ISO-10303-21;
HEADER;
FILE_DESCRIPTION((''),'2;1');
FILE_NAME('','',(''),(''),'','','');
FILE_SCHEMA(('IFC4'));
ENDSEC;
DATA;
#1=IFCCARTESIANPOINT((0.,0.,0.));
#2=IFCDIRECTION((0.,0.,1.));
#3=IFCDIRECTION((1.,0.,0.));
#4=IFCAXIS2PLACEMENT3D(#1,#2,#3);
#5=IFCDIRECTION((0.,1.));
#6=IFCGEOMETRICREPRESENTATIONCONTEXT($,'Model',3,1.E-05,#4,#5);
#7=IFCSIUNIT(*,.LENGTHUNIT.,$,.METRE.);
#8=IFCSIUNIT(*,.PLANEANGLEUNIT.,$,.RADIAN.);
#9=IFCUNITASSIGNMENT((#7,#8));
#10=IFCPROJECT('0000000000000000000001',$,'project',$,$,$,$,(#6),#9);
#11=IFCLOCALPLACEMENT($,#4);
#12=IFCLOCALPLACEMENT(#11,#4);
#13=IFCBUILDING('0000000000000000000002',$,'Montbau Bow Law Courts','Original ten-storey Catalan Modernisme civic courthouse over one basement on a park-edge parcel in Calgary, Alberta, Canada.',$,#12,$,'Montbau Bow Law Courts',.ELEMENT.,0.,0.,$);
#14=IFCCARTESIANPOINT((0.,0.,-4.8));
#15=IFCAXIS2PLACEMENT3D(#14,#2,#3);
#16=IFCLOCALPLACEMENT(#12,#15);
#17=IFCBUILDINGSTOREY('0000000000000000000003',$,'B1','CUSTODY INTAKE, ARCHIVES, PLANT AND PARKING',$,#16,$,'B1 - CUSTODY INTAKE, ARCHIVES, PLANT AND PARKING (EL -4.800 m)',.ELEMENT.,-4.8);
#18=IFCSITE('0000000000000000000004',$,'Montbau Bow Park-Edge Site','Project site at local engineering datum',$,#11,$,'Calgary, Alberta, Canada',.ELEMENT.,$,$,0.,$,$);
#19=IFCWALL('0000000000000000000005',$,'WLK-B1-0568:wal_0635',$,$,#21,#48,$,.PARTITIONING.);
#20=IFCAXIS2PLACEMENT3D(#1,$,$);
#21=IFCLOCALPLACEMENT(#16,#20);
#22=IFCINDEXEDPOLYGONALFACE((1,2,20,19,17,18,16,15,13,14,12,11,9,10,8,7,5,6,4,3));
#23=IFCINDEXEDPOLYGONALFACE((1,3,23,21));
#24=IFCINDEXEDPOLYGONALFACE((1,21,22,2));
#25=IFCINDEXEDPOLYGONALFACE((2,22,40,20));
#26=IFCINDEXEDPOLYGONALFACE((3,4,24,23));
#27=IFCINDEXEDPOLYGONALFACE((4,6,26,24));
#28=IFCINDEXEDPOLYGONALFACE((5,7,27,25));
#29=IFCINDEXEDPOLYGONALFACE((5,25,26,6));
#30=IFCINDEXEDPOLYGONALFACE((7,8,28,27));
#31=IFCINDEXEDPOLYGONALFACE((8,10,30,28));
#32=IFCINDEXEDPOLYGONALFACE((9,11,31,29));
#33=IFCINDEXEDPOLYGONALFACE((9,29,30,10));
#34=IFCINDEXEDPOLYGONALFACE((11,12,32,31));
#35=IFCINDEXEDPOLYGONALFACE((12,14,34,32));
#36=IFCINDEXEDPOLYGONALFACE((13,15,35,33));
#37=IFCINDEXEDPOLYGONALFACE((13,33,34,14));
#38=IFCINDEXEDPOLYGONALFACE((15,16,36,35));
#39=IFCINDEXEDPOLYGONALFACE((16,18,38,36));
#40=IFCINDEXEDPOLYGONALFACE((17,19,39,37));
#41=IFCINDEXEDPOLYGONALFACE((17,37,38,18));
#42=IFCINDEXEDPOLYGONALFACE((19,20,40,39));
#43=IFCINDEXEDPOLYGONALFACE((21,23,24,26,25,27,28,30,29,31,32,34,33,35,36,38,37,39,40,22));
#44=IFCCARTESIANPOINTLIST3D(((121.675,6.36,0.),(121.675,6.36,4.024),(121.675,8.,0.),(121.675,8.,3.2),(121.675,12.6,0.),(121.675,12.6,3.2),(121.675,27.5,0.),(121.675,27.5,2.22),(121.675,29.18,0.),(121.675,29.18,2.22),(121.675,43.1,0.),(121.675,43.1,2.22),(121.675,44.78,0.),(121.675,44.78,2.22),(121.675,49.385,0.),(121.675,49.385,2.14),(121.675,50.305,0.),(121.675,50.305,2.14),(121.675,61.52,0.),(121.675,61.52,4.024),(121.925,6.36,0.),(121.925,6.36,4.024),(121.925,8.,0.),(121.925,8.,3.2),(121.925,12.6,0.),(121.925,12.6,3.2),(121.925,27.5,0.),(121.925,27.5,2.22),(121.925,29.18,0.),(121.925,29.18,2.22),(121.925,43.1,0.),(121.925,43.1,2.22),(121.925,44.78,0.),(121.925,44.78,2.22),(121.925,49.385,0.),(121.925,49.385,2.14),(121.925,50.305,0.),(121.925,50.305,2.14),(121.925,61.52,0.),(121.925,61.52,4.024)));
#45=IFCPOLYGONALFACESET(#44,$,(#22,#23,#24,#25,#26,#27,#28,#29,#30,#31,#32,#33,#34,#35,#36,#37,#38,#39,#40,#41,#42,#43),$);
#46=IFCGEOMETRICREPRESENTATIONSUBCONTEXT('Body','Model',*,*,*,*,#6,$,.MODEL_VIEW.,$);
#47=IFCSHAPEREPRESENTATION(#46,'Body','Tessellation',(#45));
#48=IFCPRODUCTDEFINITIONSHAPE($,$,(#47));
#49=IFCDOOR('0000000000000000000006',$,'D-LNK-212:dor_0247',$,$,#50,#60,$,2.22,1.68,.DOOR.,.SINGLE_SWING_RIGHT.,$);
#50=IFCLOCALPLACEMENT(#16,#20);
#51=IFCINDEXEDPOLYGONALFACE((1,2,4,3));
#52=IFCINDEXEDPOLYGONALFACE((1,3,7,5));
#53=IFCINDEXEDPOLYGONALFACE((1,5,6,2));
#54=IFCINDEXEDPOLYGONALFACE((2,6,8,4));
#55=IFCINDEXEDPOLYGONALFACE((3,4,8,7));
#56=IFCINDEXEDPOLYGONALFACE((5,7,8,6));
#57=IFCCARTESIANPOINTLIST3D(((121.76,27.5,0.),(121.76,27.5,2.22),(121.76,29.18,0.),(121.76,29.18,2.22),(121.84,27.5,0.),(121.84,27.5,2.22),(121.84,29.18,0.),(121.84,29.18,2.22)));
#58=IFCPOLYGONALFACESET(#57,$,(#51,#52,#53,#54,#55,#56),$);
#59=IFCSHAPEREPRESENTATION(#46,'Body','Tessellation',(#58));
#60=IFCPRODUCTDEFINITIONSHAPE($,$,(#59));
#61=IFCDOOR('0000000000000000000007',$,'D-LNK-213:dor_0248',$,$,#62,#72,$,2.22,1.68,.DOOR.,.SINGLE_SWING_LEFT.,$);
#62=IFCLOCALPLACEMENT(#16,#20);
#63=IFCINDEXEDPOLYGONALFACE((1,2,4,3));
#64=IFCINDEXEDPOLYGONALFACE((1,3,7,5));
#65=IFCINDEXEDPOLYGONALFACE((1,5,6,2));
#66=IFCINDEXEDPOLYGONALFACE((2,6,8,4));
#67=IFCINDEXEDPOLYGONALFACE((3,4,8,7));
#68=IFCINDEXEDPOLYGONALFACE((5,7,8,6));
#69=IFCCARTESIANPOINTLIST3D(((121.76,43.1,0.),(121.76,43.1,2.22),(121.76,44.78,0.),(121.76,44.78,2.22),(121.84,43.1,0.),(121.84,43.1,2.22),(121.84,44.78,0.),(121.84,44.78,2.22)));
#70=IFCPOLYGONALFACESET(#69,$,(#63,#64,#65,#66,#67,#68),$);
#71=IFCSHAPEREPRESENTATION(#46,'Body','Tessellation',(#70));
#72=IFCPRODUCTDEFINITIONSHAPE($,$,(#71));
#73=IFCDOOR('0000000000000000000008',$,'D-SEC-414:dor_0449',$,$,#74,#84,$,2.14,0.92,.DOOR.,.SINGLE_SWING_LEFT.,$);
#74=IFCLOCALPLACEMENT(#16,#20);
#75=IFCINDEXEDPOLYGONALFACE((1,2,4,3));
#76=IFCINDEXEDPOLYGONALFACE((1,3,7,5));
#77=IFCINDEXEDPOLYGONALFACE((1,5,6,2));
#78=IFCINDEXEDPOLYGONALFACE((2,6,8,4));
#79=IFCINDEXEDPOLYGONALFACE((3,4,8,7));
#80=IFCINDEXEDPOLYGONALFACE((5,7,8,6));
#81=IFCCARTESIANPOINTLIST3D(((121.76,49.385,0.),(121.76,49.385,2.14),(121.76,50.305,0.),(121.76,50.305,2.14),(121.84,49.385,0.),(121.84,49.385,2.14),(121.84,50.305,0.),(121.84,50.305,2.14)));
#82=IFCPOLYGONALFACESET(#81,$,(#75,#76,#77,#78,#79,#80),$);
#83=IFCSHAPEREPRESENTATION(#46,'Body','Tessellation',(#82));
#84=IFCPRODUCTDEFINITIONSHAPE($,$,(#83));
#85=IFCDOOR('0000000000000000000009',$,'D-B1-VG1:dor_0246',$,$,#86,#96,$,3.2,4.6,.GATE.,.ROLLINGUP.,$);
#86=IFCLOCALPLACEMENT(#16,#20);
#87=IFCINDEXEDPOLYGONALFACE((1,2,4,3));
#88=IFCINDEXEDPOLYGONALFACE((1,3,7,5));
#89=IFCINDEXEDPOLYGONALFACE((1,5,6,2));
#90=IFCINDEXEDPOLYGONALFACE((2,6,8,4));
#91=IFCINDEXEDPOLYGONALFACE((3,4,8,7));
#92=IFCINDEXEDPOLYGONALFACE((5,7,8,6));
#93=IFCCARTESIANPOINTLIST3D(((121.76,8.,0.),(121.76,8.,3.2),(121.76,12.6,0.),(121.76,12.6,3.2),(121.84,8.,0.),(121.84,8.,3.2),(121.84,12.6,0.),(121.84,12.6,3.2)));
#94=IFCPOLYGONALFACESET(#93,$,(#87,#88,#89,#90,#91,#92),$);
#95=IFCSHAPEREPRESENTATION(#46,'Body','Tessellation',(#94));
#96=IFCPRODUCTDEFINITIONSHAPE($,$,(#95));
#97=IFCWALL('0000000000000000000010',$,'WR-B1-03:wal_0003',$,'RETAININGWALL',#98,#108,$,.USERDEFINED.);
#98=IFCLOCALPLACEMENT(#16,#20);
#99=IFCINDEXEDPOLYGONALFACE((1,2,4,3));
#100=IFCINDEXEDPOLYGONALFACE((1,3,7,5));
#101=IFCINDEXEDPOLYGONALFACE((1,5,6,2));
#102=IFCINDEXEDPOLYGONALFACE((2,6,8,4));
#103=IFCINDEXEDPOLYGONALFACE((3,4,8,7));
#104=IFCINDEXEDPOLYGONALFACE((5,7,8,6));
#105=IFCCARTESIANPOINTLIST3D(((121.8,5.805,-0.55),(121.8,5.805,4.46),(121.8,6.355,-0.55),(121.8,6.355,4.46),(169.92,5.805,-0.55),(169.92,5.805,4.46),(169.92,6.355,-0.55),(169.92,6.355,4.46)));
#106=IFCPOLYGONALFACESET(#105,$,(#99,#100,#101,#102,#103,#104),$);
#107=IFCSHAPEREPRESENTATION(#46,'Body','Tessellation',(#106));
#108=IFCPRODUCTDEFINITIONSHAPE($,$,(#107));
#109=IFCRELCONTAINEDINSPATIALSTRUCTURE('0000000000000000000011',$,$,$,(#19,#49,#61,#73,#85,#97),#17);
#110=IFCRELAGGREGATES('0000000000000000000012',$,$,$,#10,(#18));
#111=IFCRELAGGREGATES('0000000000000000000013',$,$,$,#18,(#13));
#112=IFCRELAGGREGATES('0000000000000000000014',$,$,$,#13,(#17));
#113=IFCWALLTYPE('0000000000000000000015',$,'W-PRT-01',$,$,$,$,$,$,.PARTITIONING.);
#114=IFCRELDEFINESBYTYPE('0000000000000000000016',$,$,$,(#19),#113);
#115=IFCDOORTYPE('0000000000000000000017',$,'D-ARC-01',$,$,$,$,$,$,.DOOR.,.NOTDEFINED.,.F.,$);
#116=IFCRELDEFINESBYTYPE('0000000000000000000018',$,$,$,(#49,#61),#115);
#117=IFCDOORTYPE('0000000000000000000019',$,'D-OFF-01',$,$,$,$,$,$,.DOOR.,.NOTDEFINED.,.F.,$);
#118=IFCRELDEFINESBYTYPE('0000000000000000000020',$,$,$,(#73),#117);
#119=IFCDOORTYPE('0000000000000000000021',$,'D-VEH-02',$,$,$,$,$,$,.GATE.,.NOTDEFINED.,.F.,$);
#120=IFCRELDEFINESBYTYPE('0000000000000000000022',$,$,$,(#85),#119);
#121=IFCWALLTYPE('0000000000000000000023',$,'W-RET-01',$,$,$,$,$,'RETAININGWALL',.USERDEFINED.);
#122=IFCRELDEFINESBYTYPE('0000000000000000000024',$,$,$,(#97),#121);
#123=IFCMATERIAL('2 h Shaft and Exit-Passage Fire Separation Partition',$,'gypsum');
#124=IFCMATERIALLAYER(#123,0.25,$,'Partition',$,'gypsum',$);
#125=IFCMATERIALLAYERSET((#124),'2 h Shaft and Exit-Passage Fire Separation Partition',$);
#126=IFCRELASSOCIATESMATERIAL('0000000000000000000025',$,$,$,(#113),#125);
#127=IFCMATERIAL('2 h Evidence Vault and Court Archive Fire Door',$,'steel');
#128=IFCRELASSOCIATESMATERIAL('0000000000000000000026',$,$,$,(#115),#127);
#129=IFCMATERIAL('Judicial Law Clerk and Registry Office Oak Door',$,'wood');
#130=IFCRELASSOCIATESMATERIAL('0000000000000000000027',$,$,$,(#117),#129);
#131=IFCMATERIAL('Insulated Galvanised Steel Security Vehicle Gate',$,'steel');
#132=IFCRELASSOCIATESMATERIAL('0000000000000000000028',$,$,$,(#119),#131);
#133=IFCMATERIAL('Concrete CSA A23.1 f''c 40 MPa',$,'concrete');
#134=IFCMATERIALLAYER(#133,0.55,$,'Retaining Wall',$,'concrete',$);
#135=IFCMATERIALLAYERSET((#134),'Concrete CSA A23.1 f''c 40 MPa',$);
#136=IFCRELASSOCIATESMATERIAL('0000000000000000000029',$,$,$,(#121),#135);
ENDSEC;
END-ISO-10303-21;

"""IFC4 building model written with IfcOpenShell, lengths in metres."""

from ifc_helpers import new_model, si_unit, direction, frame, frame_2d, origin_with_axes, place, context, subcontext, project, spatial, rectangle, extrude, material, layer, layer_set, type_object, element, fill, save


model = new_model("IFC4")

# Units and contexts
model_context = context("Model", 3, precision=1e-05, world=origin_with_axes(), true_north=direction((0.0, 1.0)))
body_context = subcontext(model_context, "Body", "Model", "MODEL_VIEW")
ifc_project = project(units=[si_unit("LENGTHUNIT", "METRE"), si_unit("PLANEANGLEUNIT", "RADIAN")], contexts=[model_context])

# Site, building, storey
site_placement = place(None, origin_with_axes())
site = spatial("IfcSite", under=ifc_project, at=site_placement, Name="Montbau Bow Park-Edge Site", Description="Project site at local engineering datum", LongName="Calgary, Alberta, Canada", CompositionType="ELEMENT", RefElevation=0.0)
building_placement = place(site_placement, origin_with_axes())
building = spatial("IfcBuilding", under=site, at=building_placement, Name="Montbau Bow Law Courts", Description="Original ten-storey Catalan Modernisme civic courthouse over one basement on a park-edge parcel in Calgary, Alberta, Canada.", LongName="Montbau Bow Law Courts", CompositionType="ELEMENT", ElevationOfRefHeight=0.0, ElevationOfTerrain=0.0)
storey_placement = place(building_placement, frame((0.0, 0.0, -4.8), z_axis=(0.0, 0.0, 1.0), x_axis=(1.0, 0.0, 0.0)))
storey = spatial("IfcBuildingStorey", under=building, at=storey_placement, Name="B1", Description="CUSTODY INTAKE, ARCHIVES, PLANT AND PARKING", LongName="B1 - CUSTODY INTAKE, ARCHIVES, PLANT AND PARKING (EL -4.800 m)", CompositionType="ELEMENT", Elevation=-4.8)

# Shared definitions
ifc_material_1 = material(Name="Concrete CSA A23.1 f'c 40 MPa", Category="concrete")

# Wall, openings, doors
ifc_material_2 = material(Name="2 h Shaft and Exit-Passage Fire Separation Partition", Category="gypsum")
ifc_layer_1 = layer(ifc_material_2, 0.25, Name="Partition", Category="gypsum")
ifc_layer_set_1 = layer_set([ifc_layer_1], Name="2 h Shaft and Exit-Passage Fire Separation Partition")
wall_type_1 = type_object("IfcWallType", Name="W-PRT-01", PredefinedType="PARTITIONING", material=ifc_layer_set_1)
wall_1_placement = place(None, frame((121.8, 6.36, -4.8), z_axis=(0.0, 0.0, 1.0), x_axis=(0.0, 1.0, 0.0)))
wall_1 = element("IfcWall", 1, at=wall_1_placement, inside=storey, type_object=wall_type_1, Name="WLK-B1-0568:wal_0635", PredefinedType="PARTITIONING", context=body_context, shape_type="SweptSolid", body=[
    extrude(rectangle(XDim=55.16, YDim=0.25, at=frame_2d((27.58, 0.0), x_axis=(1.0, 0.0))), origin_with_axes(), (0.0, 0.0, 1.0), 4.024),
])
opening_1_placement = place(None, frame((121.8, 10.3, -4.8), z_axis=(0.0, 0.0, 1.0), x_axis=(0.0, 1.0, 0.0)))
opening_1 = element("IfcOpeningElement", 2, at=opening_1_placement, cuts=wall_1, PredefinedType="OPENING", context=body_context, shape_type="SweptSolid", body=[
    extrude(rectangle(XDim=4.6, YDim=3.2, at=frame_2d((0.0, 1.6), x_axis=(1.0, 0.0))), frame((0.0, 0.135, 0.0), z_axis=(0.0, -1.0, 0.0), x_axis=(1.0, 0.0, 0.0)), (0.0, 0.0, 1.0), 0.27),
])
opening_2_placement = place(None, frame((121.8, 28.34, -4.8), z_axis=(0.0, 0.0, 1.0), x_axis=(0.0, 1.0, 0.0)))
opening_2 = element("IfcOpeningElement", 3, at=opening_2_placement, cuts=wall_1, PredefinedType="OPENING", context=body_context, shape_type="SweptSolid", body=[
    extrude(rectangle(XDim=1.68, YDim=2.22, at=frame_2d((0.0, 1.11), x_axis=(1.0, 0.0))), frame((0.0, 0.135, 0.0), z_axis=(0.0, -1.0, 0.0), x_axis=(1.0, 0.0, 0.0)), (0.0, 0.0, 1.0), 0.27),
])
opening_3_placement = place(None, frame((121.8, 43.94, -4.8), z_axis=(0.0, 0.0, 1.0), x_axis=(0.0, 1.0, 0.0)))
opening_3 = element("IfcOpeningElement", 4, at=opening_3_placement, cuts=wall_1, PredefinedType="OPENING", context=body_context, shape_type="SweptSolid", body=[
    extrude(rectangle(XDim=1.68, YDim=2.22, at=frame_2d((0.0, 1.11), x_axis=(1.0, 0.0))), frame((0.0, 0.135, 0.0), z_axis=(0.0, -1.0, 0.0), x_axis=(1.0, 0.0, 0.0)), (0.0, 0.0, 1.0), 0.27),
])
opening_4_placement = place(None, frame((121.8, 49.845, -4.8), z_axis=(0.0, 0.0, 1.0), x_axis=(0.0, 1.0, 0.0)))
opening_4 = element("IfcOpeningElement", 5, at=opening_4_placement, cuts=wall_1, PredefinedType="OPENING", context=body_context, shape_type="SweptSolid", body=[
    extrude(rectangle(XDim=0.92, YDim=2.14, at=frame_2d((0.0, 1.07), x_axis=(1.0, 0.0))), frame((0.0, 0.135, 0.0), z_axis=(0.0, -1.0, 0.0), x_axis=(1.0, 0.0, 0.0)), (0.0, 0.0, 1.0), 0.27),
])
ifc_material_3 = material(Name="2 h Evidence Vault and Court Archive Fire Door", Category="steel")
door_type_1 = type_object("IfcDoorType", Name="D-ARC-01", OperationType="NOTDEFINED", ParameterTakesPrecedence=False, PredefinedType="DOOR", material=ifc_material_3)
door_1_placement = place(None, frame((121.8, 28.34, -4.8), z_axis=(0.0, 0.0, 1.0), x_axis=(0.0, 1.0, 0.0)))
door_1 = element("IfcDoor", 6, at=door_1_placement, inside=storey, type_object=door_type_1, Name="D-LNK-212:dor_0247", OperationType="SINGLE_SWING_RIGHT", OverallHeight=2.22, OverallWidth=1.68, PredefinedType="DOOR", context=body_context, shape_type="SweptSolid", body=[
    extrude(rectangle(XDim=1.68, YDim=2.22, at=frame_2d((0.0, 1.11), x_axis=(1.0, 0.0))), frame((0.0, 0.04, 0.0), z_axis=(0.0, -1.0, 0.0), x_axis=(1.0, 0.0, 0.0)), (0.0, 0.0, 1.0), 0.08),
])
fill(opening_2, door_1)
door_2_placement = place(None, frame((121.8, 43.94, -4.8), z_axis=(0.0, 0.0, 1.0), x_axis=(0.0, 1.0, 0.0)))
door_2 = element("IfcDoor", 7, at=door_2_placement, inside=storey, type_object=door_type_1, Name="D-LNK-213:dor_0248", OperationType="SINGLE_SWING_LEFT", OverallHeight=2.22, OverallWidth=1.68, PredefinedType="DOOR", context=body_context, shape_type="SweptSolid", body=[
    extrude(rectangle(XDim=1.68, YDim=2.22, at=frame_2d((0.0, 1.11), x_axis=(1.0, 0.0))), frame((0.0, 0.04, 0.0), z_axis=(0.0, -1.0, 0.0), x_axis=(1.0, 0.0, 0.0)), (0.0, 0.0, 1.0), 0.08),
])
fill(opening_3, door_2)
ifc_material_4 = material(Name="Judicial Law Clerk and Registry Office Oak Door", Category="wood")
door_type_2 = type_object("IfcDoorType", Name="D-OFF-01", OperationType="NOTDEFINED", ParameterTakesPrecedence=False, PredefinedType="DOOR", material=ifc_material_4)
door_3_placement = place(None, frame((121.8, 49.845, -4.8), z_axis=(0.0, 0.0, 1.0), x_axis=(0.0, 1.0, 0.0)))
door_3 = element("IfcDoor", 8, at=door_3_placement, inside=storey, type_object=door_type_2, Name="D-SEC-414:dor_0449", OperationType="SINGLE_SWING_LEFT", OverallHeight=2.14, OverallWidth=0.92, PredefinedType="DOOR", context=body_context, shape_type="SweptSolid", body=[
    extrude(rectangle(XDim=0.92, YDim=2.14, at=frame_2d((0.0, 1.07), x_axis=(1.0, 0.0))), frame((0.0, 0.04, 0.0), z_axis=(0.0, -1.0, 0.0), x_axis=(1.0, 0.0, 0.0)), (0.0, 0.0, 1.0), 0.08),
])
fill(opening_4, door_3)
ifc_material_5 = material(Name="Insulated Galvanised Steel Security Vehicle Gate", Category="steel")
door_type_3 = type_object("IfcDoorType", Name="D-VEH-02", OperationType="NOTDEFINED", ParameterTakesPrecedence=False, PredefinedType="GATE", material=ifc_material_5)
door_4_placement = place(None, frame((121.8, 10.3, -4.8), z_axis=(0.0, 0.0, 1.0), x_axis=(0.0, 1.0, 0.0)))
door_4 = element("IfcDoor", 9, at=door_4_placement, inside=storey, type_object=door_type_3, Name="D-B1-VG1:dor_0246", OperationType="ROLLINGUP", OverallHeight=3.2, OverallWidth=4.6, PredefinedType="GATE", context=body_context, shape_type="SweptSolid", body=[
    extrude(rectangle(XDim=4.6, YDim=3.2, at=frame_2d((0.0, 1.6), x_axis=(1.0, 0.0))), frame((0.0, 0.04, 0.0), z_axis=(0.0, -1.0, 0.0), x_axis=(1.0, 0.0, 0.0)), (0.0, 0.0, 1.0), 0.08),
])
fill(opening_1, door_4)

# Wall
ifc_layer_2 = layer(ifc_material_1, 0.55, Name="Retaining Wall", Category="concrete")
ifc_layer_set_2 = layer_set([ifc_layer_2], Name="Concrete CSA A23.1 f'c 40 MPa")
wall_type_2 = type_object("IfcWallType", Name="W-RET-01", ElementType="RETAININGWALL", PredefinedType="USERDEFINED", material=ifc_layer_set_2)
wall_2_placement = place(None, frame((121.8, 6.08, -5.35), z_axis=(0.0, 0.0, 1.0), x_axis=(1.0, 0.0, 0.0)))
element("IfcWall", 10, at=wall_2_placement, inside=storey, type_object=wall_type_2, Name="WR-B1-03:wal_0003", ObjectType="RETAININGWALL", PredefinedType="USERDEFINED", context=body_context, shape_type="SweptSolid", body=[
    extrude(rectangle(XDim=48.12, YDim=0.55, at=frame_2d((24.06, 0.0), x_axis=(1.0, 0.0))), origin_with_axes(), (0.0, 0.0, 1.0), 5.01),
])

save(model, "model.ifc")
